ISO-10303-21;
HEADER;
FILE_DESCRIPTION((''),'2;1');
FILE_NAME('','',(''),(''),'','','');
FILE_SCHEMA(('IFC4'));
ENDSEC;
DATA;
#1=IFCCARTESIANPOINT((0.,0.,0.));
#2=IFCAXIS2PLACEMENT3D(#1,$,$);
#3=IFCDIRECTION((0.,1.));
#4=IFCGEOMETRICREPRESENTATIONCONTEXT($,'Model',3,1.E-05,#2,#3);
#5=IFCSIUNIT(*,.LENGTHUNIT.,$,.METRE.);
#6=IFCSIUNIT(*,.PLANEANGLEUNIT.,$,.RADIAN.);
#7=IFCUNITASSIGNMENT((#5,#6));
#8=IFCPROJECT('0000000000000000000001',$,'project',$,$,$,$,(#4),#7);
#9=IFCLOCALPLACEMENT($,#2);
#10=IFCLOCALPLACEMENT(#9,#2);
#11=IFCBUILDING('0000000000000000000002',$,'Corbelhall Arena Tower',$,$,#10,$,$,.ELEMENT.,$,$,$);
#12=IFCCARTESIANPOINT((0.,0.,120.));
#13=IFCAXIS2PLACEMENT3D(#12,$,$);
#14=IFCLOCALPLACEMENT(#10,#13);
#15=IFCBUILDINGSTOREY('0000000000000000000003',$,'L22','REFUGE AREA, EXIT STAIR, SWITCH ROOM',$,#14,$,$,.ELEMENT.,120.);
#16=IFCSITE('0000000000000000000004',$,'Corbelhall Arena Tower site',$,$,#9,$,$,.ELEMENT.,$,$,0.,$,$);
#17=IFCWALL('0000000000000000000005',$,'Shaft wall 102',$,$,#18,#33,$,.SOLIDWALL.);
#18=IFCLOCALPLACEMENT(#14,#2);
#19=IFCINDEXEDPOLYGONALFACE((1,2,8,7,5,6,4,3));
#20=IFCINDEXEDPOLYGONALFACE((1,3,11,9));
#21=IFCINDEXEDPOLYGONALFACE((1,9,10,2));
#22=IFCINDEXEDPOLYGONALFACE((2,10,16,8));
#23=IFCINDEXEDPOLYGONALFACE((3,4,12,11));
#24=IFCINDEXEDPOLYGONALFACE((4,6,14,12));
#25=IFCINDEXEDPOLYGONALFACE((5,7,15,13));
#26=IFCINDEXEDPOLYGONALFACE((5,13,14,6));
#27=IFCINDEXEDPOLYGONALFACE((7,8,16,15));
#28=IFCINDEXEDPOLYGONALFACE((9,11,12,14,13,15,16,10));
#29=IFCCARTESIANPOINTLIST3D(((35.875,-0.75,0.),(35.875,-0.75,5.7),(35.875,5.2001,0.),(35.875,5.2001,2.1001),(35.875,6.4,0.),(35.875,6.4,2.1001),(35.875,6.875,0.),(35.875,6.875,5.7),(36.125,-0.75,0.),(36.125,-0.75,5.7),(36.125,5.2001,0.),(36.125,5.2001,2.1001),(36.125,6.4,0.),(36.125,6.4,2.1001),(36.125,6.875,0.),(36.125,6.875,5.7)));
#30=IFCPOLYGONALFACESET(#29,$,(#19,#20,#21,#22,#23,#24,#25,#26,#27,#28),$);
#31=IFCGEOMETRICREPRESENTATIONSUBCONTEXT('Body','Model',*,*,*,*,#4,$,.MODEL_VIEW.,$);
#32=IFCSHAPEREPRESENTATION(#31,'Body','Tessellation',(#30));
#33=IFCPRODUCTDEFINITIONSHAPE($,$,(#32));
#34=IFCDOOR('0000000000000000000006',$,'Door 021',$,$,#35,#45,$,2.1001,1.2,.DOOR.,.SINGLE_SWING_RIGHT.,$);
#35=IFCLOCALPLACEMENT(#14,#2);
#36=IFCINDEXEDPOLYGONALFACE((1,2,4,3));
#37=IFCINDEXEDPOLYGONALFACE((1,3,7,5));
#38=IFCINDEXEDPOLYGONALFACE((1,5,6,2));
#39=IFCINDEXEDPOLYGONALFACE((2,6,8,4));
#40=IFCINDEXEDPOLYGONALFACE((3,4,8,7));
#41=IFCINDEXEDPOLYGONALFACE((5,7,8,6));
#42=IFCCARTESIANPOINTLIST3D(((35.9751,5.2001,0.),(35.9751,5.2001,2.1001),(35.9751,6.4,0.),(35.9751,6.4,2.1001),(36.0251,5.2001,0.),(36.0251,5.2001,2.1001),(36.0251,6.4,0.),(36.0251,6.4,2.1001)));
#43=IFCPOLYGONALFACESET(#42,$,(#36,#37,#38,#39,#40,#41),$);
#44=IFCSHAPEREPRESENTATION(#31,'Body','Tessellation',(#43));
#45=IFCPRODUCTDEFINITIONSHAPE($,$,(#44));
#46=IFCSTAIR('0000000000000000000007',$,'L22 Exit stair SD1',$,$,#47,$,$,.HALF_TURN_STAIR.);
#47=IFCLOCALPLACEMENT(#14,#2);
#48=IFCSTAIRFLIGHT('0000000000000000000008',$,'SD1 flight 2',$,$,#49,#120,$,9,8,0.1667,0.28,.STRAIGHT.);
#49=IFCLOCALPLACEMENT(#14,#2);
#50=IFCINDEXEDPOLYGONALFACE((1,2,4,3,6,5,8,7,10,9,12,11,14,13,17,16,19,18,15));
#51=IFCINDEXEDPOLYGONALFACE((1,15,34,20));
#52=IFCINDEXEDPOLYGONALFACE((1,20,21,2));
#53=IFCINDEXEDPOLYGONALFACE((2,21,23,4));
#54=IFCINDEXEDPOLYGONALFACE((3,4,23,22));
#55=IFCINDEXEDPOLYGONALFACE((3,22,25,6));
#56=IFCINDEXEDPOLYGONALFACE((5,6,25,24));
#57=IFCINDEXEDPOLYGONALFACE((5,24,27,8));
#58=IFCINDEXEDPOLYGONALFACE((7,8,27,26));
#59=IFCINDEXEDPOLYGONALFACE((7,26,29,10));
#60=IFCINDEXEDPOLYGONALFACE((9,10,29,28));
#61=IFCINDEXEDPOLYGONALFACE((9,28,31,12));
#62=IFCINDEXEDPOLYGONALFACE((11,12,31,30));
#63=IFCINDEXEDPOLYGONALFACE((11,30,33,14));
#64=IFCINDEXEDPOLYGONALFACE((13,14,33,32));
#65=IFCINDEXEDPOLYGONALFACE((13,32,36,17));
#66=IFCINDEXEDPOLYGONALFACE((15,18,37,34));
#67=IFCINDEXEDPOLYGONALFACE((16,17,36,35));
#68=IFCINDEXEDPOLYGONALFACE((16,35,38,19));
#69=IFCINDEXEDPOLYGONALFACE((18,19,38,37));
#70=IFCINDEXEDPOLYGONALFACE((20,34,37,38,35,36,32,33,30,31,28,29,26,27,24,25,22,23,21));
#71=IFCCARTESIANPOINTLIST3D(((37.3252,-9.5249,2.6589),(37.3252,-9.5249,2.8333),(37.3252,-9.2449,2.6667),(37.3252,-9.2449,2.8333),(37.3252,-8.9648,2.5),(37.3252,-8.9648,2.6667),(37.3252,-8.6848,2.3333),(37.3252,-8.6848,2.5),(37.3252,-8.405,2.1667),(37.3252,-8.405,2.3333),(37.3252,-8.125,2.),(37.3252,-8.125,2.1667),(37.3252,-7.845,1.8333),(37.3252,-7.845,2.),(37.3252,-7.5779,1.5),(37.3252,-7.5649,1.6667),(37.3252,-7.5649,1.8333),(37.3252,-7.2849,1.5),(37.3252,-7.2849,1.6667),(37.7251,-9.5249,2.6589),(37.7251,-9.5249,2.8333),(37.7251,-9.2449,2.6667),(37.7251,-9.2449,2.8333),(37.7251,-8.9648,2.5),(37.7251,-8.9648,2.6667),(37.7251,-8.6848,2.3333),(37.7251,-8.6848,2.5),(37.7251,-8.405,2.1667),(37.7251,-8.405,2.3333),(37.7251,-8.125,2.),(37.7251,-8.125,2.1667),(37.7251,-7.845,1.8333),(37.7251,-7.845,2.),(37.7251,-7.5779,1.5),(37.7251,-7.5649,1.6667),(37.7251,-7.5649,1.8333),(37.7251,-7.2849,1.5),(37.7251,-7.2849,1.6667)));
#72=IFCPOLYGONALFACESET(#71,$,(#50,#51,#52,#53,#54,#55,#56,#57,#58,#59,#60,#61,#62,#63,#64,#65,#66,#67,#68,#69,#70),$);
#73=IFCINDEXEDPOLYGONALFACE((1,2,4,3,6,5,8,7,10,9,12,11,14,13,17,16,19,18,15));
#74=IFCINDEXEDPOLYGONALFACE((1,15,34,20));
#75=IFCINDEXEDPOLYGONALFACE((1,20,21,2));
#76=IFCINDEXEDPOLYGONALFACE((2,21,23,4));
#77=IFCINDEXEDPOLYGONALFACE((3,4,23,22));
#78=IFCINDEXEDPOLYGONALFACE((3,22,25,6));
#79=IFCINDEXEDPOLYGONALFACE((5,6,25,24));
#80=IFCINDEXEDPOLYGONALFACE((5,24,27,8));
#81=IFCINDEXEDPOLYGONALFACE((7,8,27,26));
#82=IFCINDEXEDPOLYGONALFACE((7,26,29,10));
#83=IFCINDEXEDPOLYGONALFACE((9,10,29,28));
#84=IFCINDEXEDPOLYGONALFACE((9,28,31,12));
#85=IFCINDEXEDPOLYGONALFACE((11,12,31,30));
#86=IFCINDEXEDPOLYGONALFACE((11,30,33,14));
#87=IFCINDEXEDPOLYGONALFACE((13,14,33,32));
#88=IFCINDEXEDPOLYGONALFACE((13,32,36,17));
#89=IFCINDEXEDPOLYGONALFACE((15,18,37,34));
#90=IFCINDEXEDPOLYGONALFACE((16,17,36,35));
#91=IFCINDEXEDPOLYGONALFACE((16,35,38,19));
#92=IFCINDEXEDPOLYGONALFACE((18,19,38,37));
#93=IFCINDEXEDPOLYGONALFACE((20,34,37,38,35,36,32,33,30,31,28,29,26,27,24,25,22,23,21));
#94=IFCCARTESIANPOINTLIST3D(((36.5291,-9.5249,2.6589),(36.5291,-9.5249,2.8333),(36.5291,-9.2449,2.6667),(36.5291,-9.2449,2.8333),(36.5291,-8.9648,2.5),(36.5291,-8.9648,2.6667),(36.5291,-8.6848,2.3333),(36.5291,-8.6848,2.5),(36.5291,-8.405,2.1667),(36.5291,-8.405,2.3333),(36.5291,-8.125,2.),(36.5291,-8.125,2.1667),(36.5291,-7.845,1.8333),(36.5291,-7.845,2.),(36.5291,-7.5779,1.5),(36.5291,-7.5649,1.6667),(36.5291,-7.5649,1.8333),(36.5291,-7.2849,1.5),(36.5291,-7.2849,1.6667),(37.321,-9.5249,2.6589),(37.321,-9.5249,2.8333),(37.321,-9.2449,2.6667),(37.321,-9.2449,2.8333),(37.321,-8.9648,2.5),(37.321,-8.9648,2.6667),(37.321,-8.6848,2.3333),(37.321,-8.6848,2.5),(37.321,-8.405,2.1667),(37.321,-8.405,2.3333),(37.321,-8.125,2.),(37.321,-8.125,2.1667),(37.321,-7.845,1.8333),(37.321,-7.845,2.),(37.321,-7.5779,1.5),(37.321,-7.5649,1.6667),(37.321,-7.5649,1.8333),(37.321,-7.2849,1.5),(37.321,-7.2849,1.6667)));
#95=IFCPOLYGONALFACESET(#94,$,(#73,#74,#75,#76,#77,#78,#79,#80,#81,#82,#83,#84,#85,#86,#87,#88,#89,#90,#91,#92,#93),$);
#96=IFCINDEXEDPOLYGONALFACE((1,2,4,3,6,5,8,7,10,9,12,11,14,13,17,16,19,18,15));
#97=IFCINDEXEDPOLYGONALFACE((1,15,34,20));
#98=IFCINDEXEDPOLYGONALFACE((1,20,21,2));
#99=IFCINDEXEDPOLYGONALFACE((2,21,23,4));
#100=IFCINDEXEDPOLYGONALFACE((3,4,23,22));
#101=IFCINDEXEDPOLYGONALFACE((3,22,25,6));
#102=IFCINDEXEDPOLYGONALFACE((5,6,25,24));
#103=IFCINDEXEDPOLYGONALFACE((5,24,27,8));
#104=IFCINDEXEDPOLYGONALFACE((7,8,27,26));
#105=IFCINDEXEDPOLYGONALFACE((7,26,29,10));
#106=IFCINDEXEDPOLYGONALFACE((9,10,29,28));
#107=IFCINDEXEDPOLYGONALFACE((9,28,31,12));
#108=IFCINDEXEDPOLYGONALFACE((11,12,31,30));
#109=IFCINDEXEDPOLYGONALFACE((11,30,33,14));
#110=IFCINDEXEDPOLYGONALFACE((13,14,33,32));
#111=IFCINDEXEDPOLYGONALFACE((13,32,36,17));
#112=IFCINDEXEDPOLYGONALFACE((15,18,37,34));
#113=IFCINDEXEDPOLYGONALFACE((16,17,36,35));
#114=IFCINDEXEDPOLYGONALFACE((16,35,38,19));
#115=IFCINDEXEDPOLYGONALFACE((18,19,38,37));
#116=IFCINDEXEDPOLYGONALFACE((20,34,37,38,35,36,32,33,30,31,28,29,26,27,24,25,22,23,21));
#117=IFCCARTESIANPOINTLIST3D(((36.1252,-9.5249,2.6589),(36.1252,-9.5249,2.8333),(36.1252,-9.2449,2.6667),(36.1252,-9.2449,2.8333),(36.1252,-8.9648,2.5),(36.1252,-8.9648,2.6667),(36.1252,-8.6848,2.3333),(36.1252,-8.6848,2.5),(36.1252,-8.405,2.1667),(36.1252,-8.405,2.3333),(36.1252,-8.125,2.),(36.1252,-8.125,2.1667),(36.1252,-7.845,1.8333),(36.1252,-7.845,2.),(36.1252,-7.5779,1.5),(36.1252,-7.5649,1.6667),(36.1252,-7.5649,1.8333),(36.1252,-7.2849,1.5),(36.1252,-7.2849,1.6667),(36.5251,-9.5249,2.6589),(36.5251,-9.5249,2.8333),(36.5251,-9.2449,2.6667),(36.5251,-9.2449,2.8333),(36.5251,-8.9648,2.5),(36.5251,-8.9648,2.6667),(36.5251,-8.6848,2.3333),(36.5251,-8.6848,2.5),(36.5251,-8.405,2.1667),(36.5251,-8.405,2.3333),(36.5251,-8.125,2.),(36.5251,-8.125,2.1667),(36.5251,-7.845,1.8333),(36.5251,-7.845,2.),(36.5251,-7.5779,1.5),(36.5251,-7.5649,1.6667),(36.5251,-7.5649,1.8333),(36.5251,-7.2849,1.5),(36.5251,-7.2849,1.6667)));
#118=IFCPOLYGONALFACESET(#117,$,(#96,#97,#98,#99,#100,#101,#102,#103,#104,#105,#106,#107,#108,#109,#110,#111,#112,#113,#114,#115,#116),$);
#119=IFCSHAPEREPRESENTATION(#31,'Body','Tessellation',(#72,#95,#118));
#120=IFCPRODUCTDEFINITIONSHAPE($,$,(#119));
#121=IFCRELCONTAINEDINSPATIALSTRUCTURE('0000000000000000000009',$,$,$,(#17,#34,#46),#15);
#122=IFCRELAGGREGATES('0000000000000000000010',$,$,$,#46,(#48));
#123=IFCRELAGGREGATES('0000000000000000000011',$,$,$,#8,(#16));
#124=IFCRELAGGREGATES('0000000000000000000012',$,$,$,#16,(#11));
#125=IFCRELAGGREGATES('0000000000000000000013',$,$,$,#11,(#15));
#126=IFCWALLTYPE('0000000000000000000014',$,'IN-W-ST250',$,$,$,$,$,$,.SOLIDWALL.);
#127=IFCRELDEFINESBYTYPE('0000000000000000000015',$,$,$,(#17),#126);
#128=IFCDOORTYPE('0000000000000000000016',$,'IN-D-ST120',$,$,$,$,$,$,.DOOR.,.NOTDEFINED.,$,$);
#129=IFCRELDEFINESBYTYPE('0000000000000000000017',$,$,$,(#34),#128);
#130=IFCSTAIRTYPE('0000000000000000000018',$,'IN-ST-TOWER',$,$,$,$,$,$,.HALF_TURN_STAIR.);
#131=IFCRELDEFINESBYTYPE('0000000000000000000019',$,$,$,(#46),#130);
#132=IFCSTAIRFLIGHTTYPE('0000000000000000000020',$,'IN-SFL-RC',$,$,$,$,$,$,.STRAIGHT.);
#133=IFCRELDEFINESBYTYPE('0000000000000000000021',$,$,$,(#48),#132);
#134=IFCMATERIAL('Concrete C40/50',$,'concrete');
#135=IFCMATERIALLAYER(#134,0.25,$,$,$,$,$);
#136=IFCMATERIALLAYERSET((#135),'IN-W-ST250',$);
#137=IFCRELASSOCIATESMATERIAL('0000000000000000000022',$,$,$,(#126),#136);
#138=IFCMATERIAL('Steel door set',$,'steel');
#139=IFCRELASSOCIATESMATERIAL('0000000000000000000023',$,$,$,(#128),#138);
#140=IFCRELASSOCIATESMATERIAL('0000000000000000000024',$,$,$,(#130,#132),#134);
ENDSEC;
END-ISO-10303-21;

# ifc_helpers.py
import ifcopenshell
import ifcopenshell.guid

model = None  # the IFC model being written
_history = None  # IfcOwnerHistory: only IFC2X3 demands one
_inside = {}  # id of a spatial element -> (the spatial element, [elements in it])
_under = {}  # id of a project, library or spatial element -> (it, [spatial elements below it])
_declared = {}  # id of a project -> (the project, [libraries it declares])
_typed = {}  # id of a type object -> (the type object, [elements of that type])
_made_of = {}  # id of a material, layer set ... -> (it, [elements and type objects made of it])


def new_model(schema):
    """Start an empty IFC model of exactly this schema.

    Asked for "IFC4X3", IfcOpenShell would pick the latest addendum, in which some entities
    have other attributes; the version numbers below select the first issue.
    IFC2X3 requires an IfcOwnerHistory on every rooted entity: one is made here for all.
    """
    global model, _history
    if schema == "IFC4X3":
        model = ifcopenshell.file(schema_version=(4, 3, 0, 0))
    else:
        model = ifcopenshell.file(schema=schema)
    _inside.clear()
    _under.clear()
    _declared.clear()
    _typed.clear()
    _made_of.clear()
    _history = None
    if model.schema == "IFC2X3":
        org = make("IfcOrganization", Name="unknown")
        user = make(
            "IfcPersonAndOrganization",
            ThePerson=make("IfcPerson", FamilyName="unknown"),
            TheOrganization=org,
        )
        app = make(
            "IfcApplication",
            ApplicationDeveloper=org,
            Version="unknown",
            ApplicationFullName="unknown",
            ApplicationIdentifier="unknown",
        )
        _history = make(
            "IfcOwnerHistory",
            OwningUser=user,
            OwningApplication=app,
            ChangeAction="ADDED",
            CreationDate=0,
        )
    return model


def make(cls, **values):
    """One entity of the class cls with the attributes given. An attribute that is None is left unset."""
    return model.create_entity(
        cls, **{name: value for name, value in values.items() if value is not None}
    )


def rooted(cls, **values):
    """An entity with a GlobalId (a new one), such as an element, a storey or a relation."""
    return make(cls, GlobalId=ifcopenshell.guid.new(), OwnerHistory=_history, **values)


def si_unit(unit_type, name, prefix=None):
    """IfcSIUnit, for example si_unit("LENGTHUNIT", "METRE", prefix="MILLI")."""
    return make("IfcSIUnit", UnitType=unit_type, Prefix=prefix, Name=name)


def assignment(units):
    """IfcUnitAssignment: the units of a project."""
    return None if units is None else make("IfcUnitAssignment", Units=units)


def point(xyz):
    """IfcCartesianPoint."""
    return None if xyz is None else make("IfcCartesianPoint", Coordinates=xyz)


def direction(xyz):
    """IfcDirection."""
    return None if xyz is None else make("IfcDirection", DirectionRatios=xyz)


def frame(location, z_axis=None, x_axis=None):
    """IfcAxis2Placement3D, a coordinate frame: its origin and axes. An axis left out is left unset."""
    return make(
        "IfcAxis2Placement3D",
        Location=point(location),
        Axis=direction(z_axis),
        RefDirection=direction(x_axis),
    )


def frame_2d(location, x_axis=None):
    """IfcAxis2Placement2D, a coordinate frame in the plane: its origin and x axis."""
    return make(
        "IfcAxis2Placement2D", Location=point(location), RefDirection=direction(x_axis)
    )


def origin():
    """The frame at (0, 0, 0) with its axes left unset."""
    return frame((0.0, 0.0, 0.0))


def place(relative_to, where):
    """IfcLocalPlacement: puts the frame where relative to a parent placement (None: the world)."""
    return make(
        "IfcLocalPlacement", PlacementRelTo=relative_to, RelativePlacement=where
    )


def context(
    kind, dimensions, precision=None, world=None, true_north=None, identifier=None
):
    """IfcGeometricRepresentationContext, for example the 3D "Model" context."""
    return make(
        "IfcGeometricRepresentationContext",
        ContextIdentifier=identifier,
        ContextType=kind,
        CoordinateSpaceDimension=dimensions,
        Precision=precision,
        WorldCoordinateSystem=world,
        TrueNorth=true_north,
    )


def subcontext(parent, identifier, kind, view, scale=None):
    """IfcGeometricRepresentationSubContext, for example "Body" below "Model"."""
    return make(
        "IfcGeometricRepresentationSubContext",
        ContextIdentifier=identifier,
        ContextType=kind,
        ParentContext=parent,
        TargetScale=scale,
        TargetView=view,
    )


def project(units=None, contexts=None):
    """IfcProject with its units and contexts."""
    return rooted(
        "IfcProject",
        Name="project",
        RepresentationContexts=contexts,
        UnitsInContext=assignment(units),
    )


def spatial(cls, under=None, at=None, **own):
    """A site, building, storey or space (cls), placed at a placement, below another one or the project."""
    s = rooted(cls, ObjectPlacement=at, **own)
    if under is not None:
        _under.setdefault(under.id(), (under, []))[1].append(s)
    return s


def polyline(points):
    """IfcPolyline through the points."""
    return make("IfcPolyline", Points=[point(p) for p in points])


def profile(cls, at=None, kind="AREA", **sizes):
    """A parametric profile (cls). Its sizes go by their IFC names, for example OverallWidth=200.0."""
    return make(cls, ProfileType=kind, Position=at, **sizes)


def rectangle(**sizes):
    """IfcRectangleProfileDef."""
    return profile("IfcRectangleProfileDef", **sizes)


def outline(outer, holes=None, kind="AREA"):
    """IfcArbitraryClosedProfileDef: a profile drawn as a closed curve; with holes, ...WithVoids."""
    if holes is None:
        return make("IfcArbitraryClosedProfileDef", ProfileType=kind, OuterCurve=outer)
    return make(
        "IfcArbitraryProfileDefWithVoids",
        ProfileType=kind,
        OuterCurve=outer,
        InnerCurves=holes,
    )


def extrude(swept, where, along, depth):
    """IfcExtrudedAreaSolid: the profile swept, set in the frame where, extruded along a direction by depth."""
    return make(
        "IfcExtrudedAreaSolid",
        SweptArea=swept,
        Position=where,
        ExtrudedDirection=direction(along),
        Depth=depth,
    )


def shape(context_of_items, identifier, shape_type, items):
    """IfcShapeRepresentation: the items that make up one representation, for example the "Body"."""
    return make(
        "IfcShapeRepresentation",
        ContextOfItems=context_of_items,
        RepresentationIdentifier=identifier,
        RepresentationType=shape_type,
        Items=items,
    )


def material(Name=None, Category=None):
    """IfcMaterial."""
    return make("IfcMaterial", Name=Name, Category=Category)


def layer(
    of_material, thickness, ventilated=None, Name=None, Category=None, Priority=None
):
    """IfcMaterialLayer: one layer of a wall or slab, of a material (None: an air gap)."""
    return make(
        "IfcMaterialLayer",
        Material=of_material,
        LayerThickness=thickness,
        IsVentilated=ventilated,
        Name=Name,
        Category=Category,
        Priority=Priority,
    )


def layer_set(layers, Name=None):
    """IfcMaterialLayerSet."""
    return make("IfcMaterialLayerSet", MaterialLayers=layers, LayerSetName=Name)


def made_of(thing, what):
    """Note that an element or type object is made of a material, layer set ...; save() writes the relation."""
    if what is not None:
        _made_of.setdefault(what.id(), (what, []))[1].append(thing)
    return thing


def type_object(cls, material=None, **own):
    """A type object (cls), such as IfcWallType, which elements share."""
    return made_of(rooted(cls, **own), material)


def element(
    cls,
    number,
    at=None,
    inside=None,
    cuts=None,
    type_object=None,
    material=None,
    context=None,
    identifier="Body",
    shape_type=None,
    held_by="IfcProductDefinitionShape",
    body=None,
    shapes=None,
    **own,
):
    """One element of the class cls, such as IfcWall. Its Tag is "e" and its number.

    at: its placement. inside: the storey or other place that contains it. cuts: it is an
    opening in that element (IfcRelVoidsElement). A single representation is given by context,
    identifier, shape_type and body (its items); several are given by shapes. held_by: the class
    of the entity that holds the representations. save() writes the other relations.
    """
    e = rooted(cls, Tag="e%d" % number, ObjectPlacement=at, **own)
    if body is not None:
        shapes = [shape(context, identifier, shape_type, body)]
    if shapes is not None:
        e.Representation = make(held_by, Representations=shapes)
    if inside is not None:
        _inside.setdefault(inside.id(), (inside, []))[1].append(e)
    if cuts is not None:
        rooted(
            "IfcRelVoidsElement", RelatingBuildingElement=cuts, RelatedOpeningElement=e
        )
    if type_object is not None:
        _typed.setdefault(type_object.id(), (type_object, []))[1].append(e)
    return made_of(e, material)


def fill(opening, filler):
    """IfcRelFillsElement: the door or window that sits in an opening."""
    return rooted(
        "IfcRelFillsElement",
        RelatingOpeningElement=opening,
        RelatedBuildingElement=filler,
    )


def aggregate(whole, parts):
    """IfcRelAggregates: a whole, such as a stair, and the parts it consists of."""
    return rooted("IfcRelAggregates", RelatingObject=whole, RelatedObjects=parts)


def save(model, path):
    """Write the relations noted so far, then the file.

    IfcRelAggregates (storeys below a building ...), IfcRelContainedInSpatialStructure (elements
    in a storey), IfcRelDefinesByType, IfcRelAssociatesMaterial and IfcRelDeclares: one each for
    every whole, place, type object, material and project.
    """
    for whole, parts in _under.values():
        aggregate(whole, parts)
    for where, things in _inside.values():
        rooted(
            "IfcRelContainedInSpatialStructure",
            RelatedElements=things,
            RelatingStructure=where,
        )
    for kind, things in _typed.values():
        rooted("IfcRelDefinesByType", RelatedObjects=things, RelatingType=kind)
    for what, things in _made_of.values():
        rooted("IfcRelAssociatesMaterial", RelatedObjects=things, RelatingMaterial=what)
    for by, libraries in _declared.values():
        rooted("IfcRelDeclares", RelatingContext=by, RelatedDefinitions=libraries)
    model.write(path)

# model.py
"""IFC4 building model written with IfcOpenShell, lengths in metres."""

from ifc_helpers import new_model, si_unit, direction, frame, frame_2d, origin, place, context, subcontext, project, spatial, polyline, rectangle, outline, extrude, material, layer, layer_set, type_object, element, fill, aggregate, save


model = new_model("IFC4")

# Units and contexts
model_context = context("Model", 3, precision=1e-05, world=origin(), true_north=direction((0.0, 1.0)))
body_context = subcontext(model_context, "Body", "Model", "MODEL_VIEW")
ifc_project = project(units=[si_unit("LENGTHUNIT", "METRE"), si_unit("PLANEANGLEUNIT", "RADIAN")], contexts=[model_context])

# Site, building, storey
site_placement = place(None, origin())
site = spatial("IfcSite", under=ifc_project, at=site_placement, Name="Corbelhall Arena Tower site", CompositionType="ELEMENT", RefElevation=0.0)
building_placement = place(site_placement, origin())
building = spatial("IfcBuilding", under=site, at=building_placement, Name="Corbelhall Arena Tower", CompositionType="ELEMENT")
storey_placement = place(building_placement, frame((0.0, 0.0, 120.0)))
storey = spatial("IfcBuildingStorey", under=building, at=storey_placement, Name="L22", Description="REFUGE AREA, EXIT STAIR, SWITCH ROOM", CompositionType="ELEMENT", Elevation=120.0)

# Shared definitions
ifc_material_1 = material(Name="Steel door set", Category="steel")

# Shared definitions
ifc_material_2 = material(Name="Concrete C40/50", Category="concrete")
ifc_layer_1 = layer(ifc_material_2, 0.25)
ifc_layer_set_1 = layer_set([ifc_layer_1], Name="IN-W-ST250")
wall_type_1 = type_object("IfcWallType", Name="IN-W-ST250", PredefinedType="SOLIDWALL", material=ifc_layer_set_1)

# Wall, opening, door
door_type_1 = type_object("IfcDoorType", Name="IN-D-ST120", OperationType="NOTDEFINED", PredefinedType="DOOR", material=ifc_material_1)
wall_1_placement = place(storey_placement, frame((36.0, -0.75, 0.0), z_axis=(0.0, 0.0, 1.0), x_axis=(0.0, 1.0, 0.0)))
wall_1 = element("IfcWall", 1, at=wall_1_placement, inside=storey, type_object=wall_type_1, Name="Shaft wall 102", PredefinedType="SOLIDWALL", context=body_context, shape_type="SweptSolid", body=[
    extrude(rectangle(XDim=7.625, YDim=0.25, at=frame_2d((3.8125, 0.0))), origin(), (0.0, 0.0, 1.0), 5.7),
])
opening_1_placement = place(wall_1_placement, frame((5.95, 0.0, 0.0)))
opening_1 = element("IfcOpeningElement", 2, at=opening_1_placement, cuts=wall_1, PredefinedType="OPENING", context=body_context, shape_type="SweptSolid", body=[
    extrude(rectangle(XDim=1.2, YDim=2.1001, at=frame_2d((0.6001, 1.05))), frame((0.0, 0.125, 0.0), z_axis=(0.0, -1.0, 0.0), x_axis=(1.0, 0.0, 0.0)), (0.0, 0.0, 1.0), 0.25),
])
door_1_placement = place(opening_1_placement, origin())
door_1 = element("IfcDoor", 3, at=door_1_placement, inside=storey, type_object=door_type_1, Name="Door 021", OperationType="SINGLE_SWING_RIGHT", OverallHeight=2.1001, OverallWidth=1.2, PredefinedType="DOOR", context=body_context, shape_type="SweptSolid", body=[
    extrude(rectangle(XDim=1.2, YDim=2.1001, at=frame_2d((0.6001, 1.05))), frame((0.0, 0.0249, 0.0), z_axis=(0.0, -1.0, 0.0), x_axis=(1.0, 0.0, 0.0)), (0.0, 0.0, 1.0), 0.05),
])
fill(opening_1, door_1)

# Stair, stair flight
stair_type = type_object("IfcStairType", Name="IN-ST-TOWER", PredefinedType="HALF_TURN_STAIR", material=ifc_material_2)
stair_placement = place(storey_placement, origin())
stair = element("IfcStair", 4, at=stair_placement, inside=storey, type_object=stair_type, Name="L22 Exit stair SD1", PredefinedType="HALF_TURN_STAIR")
stair_flight_type = type_object("IfcStairFlightType", Name="IN-SFL-RC", PredefinedType="STRAIGHT", material=ifc_material_2)
stair_flight_1_placement = place(storey_placement, frame((36.925, -7.2849, 1.5), z_axis=(0.0, 0.0, 1.0), x_axis=(0.0, -1.0, 0.0)))
stair_flight_1 = element("IfcStairFlight", 5, at=stair_flight_1_placement, type_object=stair_flight_type, Name="SD1 flight 2", NumberOfRisers=9, NumberOfTreads=8, PredefinedType="STRAIGHT", RiserHeight=0.1667, TreadLength=0.28, context=body_context, shape_type="SweptSolid", body=[
    extrude(outline(polyline([(0.0, 0.0), (0.0, 0.1667), (0.28, 0.1667), (0.28, 0.3333), (0.5601, 0.3333), (0.5601, 0.5), (0.8401, 0.5), (0.8401, 0.6667), (1.1201, 0.6667), (1.1201, 0.8333), (1.3999, 0.8333), (1.3999, 1.0), (1.6799, 1.0), (1.6799, 1.1667), (1.96, 1.1667), (1.96, 1.3333), (2.24, 1.3333), (2.24, 1.5), (2.24, 1.1589), (0.293, 0.0), (0.0, 0.0)])), frame((0.0, 0.8, 0.0), z_axis=(0.0, -1.0, 0.0), x_axis=(1.0, 0.0, 0.0)), (0.0, 0.0, 1.0), 0.3999),
    extrude(outline(polyline([(0.0, 0.0), (0.0, 0.1667), (0.28, 0.1667), (0.28, 0.3333), (0.5601, 0.3333), (0.5601, 0.5), (0.8401, 0.5), (0.8401, 0.6667), (1.1201, 0.6667), (1.1201, 0.8333), (1.3999, 0.8333), (1.3999, 1.0), (1.6799, 1.0), (1.6799, 1.1667), (1.96, 1.1667), (1.96, 1.3333), (2.24, 1.3333), (2.24, 1.5), (2.24, 1.1589), (0.293, 0.0), (0.0, 0.0)])), frame((0.0, 0.396, 0.0), z_axis=(0.0, -1.0, 0.0), x_axis=(1.0, 0.0, 0.0)), (0.0, 0.0, 1.0), 0.792),
    extrude(outline(polyline([(0.0, 0.0), (0.0, 0.1667), (0.28, 0.1667), (0.28, 0.3333), (0.5601, 0.3333), (0.5601, 0.5), (0.8401, 0.5), (0.8401, 0.6667), (1.1201, 0.6667), (1.1201, 0.8333), (1.3999, 0.8333), (1.3999, 1.0), (1.6799, 1.0), (1.6799, 1.1667), (1.96, 1.1667), (1.96, 1.3333), (2.24, 1.3333), (2.24, 1.5), (2.24, 1.1589), (0.293, 0.0), (0.0, 0.0)])), frame((0.0, -0.3999, 0.0), z_axis=(0.0, -1.0, 0.0), x_axis=(1.0, 0.0, 0.0)), (0.0, 0.0, 1.0), 0.3999),
])
aggregate(stair, [stair_flight_1])

save(model, "model.ifc")
